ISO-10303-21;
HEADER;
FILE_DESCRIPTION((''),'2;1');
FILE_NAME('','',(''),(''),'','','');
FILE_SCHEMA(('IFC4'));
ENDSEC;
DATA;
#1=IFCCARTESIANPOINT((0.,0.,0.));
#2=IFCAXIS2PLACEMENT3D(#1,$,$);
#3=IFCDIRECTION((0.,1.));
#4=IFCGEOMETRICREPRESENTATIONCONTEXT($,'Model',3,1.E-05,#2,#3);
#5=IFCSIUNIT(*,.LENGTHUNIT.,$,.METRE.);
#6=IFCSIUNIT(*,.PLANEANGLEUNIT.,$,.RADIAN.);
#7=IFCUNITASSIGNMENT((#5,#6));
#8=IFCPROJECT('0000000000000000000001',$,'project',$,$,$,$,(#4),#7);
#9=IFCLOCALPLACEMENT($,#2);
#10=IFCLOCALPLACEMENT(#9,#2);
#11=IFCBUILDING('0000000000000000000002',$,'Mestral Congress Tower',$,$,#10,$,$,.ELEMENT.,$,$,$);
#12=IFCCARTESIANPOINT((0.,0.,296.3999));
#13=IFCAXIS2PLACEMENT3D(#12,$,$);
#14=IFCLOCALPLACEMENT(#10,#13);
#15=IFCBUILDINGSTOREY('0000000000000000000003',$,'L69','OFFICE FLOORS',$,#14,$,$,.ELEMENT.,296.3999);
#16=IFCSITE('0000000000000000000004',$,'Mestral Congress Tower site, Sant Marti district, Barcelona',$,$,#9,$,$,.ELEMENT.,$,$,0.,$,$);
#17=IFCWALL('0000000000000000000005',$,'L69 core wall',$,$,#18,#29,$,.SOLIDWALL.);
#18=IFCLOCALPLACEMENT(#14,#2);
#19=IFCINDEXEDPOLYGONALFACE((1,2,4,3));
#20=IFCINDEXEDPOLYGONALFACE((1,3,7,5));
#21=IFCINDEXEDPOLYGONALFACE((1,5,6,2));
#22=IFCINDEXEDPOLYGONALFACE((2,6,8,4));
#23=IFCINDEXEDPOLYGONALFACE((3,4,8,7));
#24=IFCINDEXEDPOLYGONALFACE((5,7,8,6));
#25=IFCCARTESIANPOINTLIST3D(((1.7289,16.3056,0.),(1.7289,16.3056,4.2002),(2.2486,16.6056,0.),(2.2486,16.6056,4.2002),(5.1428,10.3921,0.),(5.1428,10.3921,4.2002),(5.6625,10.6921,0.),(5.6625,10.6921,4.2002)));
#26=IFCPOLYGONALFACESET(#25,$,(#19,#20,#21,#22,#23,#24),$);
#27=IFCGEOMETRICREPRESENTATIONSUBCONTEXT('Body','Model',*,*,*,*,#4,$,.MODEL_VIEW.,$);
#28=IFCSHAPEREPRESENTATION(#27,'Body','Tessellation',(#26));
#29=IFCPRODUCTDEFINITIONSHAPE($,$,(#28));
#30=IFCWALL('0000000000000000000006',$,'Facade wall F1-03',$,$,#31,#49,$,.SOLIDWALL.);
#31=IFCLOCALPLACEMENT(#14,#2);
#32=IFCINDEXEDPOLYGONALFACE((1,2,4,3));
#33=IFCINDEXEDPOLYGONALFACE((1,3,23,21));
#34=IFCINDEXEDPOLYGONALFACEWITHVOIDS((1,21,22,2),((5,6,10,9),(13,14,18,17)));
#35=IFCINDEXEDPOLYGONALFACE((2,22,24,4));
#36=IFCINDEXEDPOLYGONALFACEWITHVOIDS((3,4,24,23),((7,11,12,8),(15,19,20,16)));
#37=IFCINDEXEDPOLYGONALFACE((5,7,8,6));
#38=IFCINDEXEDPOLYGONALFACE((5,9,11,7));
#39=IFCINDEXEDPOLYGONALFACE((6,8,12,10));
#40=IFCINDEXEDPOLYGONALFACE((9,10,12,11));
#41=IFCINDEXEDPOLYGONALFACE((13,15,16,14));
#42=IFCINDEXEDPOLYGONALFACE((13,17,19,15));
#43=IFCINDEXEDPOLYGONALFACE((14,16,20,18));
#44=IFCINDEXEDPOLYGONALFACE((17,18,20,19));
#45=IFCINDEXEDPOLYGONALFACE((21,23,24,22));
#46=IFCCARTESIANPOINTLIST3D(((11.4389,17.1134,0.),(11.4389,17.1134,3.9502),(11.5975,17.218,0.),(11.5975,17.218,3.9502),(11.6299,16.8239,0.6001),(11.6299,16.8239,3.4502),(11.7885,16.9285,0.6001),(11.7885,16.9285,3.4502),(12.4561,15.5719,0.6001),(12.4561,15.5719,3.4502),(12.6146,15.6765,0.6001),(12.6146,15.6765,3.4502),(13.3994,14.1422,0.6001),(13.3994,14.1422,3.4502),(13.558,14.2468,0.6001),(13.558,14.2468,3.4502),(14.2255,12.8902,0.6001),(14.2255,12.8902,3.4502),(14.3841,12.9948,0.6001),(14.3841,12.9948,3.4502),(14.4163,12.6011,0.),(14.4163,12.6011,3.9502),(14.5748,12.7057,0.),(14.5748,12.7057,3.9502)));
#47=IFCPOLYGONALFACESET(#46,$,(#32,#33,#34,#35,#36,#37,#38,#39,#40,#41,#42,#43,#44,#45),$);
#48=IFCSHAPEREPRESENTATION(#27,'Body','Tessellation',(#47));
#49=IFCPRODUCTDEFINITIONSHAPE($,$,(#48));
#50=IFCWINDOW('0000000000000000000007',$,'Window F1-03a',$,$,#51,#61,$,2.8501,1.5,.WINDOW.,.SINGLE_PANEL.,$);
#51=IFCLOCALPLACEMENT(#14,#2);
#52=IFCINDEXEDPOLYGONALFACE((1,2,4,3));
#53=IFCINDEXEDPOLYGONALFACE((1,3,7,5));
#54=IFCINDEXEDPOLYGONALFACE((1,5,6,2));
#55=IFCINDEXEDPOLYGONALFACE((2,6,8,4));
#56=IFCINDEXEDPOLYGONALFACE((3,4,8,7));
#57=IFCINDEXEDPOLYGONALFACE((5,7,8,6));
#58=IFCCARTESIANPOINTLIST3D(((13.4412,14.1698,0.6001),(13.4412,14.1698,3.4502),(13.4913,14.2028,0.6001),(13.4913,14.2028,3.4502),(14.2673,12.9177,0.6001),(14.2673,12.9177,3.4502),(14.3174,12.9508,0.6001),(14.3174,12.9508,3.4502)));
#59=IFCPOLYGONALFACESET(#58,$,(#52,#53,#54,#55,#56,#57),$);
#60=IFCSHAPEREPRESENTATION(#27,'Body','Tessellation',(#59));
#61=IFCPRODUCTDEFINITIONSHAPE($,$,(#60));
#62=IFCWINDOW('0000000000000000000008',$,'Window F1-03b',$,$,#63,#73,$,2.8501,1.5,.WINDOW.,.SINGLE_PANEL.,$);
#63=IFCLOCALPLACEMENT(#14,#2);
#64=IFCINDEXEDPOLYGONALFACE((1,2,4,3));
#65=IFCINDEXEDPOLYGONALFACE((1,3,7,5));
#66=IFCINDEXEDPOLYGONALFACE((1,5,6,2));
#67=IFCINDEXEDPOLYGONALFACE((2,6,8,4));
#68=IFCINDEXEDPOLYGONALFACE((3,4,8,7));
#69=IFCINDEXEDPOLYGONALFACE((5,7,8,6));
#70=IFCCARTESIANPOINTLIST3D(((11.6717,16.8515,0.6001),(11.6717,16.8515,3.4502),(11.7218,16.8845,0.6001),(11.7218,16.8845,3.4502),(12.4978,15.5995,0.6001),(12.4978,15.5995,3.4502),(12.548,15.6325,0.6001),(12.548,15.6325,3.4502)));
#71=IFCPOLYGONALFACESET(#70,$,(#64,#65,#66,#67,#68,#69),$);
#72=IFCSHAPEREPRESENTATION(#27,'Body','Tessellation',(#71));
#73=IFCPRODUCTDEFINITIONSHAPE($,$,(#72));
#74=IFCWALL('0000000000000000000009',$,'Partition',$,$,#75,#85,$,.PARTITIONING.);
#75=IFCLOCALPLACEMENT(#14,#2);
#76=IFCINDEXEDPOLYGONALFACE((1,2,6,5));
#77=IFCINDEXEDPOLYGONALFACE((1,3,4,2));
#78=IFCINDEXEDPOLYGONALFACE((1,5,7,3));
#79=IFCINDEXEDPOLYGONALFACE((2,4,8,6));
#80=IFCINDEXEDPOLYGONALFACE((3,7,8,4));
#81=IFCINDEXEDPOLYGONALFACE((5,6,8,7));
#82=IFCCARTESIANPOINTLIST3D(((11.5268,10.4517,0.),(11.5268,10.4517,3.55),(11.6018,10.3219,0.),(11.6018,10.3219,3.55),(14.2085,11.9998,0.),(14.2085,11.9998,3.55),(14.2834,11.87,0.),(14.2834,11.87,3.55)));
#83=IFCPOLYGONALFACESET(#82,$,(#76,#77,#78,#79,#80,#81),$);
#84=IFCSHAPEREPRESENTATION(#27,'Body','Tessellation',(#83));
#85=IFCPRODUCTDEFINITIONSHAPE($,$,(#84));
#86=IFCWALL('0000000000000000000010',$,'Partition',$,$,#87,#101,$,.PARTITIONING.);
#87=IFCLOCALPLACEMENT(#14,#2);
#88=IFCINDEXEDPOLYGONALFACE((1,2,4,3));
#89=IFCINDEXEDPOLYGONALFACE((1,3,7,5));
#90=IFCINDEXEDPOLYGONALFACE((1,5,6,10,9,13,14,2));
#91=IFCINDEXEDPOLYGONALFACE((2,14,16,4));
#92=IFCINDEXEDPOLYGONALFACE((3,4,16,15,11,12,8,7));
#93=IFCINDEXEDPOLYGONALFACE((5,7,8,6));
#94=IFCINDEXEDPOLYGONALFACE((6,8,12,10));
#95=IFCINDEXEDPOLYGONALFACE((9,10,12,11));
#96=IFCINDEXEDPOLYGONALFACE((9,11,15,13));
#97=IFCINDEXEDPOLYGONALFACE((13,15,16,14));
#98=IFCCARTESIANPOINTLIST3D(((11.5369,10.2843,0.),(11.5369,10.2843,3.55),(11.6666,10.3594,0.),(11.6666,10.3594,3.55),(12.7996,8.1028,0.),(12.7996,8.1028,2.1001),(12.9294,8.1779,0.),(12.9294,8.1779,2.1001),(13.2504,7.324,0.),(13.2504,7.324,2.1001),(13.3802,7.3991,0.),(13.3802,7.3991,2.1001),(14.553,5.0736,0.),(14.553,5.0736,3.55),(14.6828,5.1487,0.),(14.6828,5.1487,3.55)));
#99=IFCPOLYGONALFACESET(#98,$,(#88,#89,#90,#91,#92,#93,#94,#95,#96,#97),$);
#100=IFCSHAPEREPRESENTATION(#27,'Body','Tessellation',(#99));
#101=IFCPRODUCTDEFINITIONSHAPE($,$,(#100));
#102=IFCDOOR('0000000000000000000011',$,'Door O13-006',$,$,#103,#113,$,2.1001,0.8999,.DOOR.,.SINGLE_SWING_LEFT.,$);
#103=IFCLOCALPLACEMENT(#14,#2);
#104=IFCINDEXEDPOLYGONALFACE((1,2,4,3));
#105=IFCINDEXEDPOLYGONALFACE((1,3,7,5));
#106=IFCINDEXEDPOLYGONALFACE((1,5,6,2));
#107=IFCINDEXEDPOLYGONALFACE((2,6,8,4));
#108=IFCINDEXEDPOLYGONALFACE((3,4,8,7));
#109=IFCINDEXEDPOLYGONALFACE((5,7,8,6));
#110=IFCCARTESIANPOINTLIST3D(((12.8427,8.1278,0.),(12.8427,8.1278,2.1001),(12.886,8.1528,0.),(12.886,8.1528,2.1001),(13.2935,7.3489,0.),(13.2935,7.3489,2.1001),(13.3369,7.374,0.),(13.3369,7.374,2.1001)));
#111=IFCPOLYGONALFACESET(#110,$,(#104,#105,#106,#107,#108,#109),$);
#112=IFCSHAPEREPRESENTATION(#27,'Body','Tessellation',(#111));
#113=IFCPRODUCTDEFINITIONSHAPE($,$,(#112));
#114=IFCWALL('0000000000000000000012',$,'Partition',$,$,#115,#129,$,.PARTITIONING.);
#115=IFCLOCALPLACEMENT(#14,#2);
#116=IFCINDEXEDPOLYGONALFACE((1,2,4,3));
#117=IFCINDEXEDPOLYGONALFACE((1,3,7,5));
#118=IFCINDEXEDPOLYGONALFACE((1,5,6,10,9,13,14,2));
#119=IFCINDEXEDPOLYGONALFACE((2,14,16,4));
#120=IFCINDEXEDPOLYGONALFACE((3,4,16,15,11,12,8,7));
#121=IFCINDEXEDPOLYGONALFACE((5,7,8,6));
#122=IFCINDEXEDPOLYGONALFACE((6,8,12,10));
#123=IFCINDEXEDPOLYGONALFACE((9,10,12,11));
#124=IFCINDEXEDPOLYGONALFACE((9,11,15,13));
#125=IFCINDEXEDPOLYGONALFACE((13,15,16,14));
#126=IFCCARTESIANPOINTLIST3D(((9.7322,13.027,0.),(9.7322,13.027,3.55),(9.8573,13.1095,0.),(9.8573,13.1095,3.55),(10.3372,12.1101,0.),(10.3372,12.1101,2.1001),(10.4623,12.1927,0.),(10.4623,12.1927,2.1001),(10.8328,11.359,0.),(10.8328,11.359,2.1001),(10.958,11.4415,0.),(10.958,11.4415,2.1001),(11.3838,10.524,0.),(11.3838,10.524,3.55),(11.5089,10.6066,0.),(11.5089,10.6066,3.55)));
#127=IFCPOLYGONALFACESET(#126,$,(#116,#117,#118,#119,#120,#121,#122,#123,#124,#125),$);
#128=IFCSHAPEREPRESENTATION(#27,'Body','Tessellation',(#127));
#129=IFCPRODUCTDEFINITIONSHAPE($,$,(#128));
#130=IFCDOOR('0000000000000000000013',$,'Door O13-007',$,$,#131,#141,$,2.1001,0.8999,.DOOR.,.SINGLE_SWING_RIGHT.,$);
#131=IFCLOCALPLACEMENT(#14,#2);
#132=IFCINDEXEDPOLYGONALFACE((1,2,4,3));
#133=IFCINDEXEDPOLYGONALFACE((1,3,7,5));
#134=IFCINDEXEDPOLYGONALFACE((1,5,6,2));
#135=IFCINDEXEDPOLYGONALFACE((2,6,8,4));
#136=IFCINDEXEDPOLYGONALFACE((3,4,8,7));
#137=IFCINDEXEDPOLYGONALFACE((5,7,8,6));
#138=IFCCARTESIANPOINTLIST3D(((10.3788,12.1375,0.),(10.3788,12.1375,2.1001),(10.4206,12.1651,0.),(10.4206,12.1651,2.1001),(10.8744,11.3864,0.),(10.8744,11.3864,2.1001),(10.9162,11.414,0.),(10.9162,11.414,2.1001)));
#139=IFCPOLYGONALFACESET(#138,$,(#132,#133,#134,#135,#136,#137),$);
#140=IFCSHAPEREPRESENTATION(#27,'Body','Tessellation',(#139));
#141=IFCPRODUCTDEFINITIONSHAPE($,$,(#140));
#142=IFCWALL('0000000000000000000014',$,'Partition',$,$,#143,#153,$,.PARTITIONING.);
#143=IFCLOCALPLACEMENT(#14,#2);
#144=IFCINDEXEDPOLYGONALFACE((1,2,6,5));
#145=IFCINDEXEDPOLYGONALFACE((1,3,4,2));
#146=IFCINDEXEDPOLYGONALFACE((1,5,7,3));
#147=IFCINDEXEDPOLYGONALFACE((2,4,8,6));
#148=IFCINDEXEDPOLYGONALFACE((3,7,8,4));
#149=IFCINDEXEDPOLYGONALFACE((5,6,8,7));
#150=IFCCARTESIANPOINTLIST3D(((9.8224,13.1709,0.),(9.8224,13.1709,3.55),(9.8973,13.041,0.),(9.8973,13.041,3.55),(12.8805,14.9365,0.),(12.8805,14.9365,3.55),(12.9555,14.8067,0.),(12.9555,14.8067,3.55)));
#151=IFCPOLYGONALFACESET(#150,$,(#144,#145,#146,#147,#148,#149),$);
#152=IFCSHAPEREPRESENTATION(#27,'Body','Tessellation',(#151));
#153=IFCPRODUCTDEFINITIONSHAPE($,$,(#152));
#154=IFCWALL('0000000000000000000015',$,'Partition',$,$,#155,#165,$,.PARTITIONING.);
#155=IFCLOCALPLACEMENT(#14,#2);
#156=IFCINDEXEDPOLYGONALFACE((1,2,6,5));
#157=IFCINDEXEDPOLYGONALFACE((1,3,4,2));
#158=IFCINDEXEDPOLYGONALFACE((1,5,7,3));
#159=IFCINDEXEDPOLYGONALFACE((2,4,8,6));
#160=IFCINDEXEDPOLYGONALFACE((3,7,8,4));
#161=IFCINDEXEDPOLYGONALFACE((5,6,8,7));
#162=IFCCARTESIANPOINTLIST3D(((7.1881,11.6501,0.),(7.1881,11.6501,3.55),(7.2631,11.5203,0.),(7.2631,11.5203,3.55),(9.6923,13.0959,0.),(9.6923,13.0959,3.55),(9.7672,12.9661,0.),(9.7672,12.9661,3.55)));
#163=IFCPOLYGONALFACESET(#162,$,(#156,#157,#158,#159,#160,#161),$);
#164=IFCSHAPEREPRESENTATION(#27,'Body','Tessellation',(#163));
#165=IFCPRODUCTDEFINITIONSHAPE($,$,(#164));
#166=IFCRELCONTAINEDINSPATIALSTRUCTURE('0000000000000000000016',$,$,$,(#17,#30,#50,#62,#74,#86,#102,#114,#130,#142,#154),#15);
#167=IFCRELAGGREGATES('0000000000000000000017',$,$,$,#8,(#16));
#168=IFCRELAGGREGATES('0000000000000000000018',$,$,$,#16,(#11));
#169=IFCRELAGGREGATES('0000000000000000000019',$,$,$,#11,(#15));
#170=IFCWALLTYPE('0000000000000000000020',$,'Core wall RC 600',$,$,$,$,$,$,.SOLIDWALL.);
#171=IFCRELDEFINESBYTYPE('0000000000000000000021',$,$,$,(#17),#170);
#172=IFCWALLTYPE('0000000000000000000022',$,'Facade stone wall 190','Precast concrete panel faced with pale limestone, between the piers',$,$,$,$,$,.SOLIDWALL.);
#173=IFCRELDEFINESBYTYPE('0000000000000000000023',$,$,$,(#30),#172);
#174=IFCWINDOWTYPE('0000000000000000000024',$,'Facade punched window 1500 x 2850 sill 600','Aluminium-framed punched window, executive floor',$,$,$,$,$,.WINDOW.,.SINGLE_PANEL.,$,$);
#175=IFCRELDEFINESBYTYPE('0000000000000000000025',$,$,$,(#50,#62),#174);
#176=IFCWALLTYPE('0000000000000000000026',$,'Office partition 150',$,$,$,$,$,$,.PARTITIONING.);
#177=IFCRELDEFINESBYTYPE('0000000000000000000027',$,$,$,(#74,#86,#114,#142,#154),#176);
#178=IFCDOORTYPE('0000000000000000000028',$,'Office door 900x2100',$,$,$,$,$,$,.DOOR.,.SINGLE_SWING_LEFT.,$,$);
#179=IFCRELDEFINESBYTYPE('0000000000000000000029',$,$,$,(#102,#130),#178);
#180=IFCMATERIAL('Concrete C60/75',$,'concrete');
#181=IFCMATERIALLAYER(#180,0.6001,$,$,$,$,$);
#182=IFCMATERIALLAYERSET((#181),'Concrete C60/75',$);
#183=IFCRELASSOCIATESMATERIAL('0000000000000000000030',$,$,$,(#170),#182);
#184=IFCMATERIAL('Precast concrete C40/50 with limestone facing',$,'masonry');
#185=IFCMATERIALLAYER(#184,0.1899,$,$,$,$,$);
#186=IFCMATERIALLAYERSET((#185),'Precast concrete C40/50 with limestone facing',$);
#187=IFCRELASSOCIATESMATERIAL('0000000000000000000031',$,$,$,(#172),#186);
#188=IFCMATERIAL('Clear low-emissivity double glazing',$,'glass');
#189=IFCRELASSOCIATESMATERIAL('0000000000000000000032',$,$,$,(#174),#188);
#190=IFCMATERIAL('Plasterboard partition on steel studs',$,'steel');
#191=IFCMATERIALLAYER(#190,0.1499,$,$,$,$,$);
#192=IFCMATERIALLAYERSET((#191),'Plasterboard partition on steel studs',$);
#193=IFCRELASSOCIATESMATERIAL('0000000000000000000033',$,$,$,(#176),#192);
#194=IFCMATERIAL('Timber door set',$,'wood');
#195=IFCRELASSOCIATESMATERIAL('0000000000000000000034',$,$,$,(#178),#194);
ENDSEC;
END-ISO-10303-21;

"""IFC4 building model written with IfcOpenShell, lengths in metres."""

from ifc_helpers import new_model, si_unit, direction, frame, frame_2d, origin, place, context, subcontext, project, spatial, rectangle, extrude, material, layer, layer_set, type_object, element, fill, save


model = new_model("IFC4")

# Units and contexts
model_context = context("Model", 3, precision=1e-05, world=origin(), true_north=direction((0.0, 1.0)))
body_context = subcontext(model_context, "Body", "Model", "MODEL_VIEW")
ifc_project = project(units=[si_unit("LENGTHUNIT", "METRE"), si_unit("PLANEANGLEUNIT", "RADIAN")], contexts=[model_context])

# Site, building, storey
site_placement = place(None, origin())
site = spatial("IfcSite", under=ifc_project, at=site_placement, Name="Mestral Congress Tower site, Sant Marti district, Barcelona", CompositionType="ELEMENT", RefElevation=0.0)
building_placement = place(site_placement, origin())
building = spatial("IfcBuilding", under=site, at=building_placement, Name="Mestral Congress Tower", CompositionType="ELEMENT")
storey_placement = place(building_placement, frame((0.0, 0.0, 296.3999)))
storey = spatial("IfcBuildingStorey", under=building, at=storey_placement, Name="L69", Description="OFFICE FLOORS", CompositionType="ELEMENT", Elevation=296.3999)

# Shared definitions
ifc_material_1 = material(Name="Concrete C60/75", Category="concrete")

# Wall
ifc_layer_1 = layer(ifc_material_1, 0.6001)
ifc_layer_set_1 = layer_set([ifc_layer_1], Name="Concrete C60/75")
wall_type_1 = type_object("IfcWallType", Name="Core wall RC 600", PredefinedType="SOLIDWALL", material=ifc_layer_set_1)
wall_1_placement = place(storey_placement, frame((1.9888, 16.4556, 0.0), z_axis=(0.0, 0.0, 1.0), x_axis=(0.499973, -0.866041, 0.0)))
element("IfcWall", 1, at=wall_1_placement, inside=storey, type_object=wall_type_1, Name="L69 core wall", PredefinedType="SOLIDWALL", context=body_context, shape_type="SweptSolid", body=[
    extrude(rectangle(XDim=6.8281, YDim=0.6001, at=frame_2d((3.4141, 0.0))), origin(), (0.0, 0.0, 1.0), 4.2002),
])

# Wall, openings, windows
ifc_material_2 = material(Name="Precast concrete C40/50 with limestone facing", Category="masonry")
ifc_layer_2 = layer(ifc_material_2, 0.1899)
ifc_layer_set_2 = layer_set([ifc_layer_2], Name="Precast concrete C40/50 with limestone facing")
wall_type_2 = type_object("IfcWallType", Name="Facade stone wall 190", Description="Precast concrete panel faced with pale limestone, between the piers", PredefinedType="SOLIDWALL", material=ifc_layer_set_2)
wall_2_placement = place(storey_placement, frame((14.4956, 12.6533, 0.0), z_axis=(0.0, 0.0, 1.0), x_axis=(-0.550744, 0.834674, 0.0)))
wall_2 = element("IfcWall", 2, at=wall_2_placement, inside=storey, type_object=wall_type_2, Name="Facade wall F1-03", PredefinedType="SOLIDWALL", context=body_context, shape_type="SweptSolid", body=[
    extrude(rectangle(XDim=5.406, YDim=0.1899, at=frame_2d((2.7031, 0.0))), origin(), (0.0, 0.0, 1.0), 3.9502),
])
opening_1_placement = place(wall_2_placement, frame((0.3464, 0.0, 0.6001)))
opening_1 = element("IfcOpeningElement", 3, at=opening_1_placement, cuts=wall_2, PredefinedType="OPENING", context=body_context, shape_type="SweptSolid", body=[
    extrude(rectangle(XDim=1.5, YDim=2.8501, at=frame_2d((0.75, 1.425))), frame((0.0, 0.105, 0.0), z_axis=(0.0, -1.0, 0.0), x_axis=(1.0, 0.0, 0.0)), (0.0, 0.0, 1.0), 0.21),
])
opening_2_placement = place(wall_2_placement, frame((3.5593, 0.0, 0.6001)))
opening_2 = element("IfcOpeningElement", 4, at=opening_2_placement, cuts=wall_2, PredefinedType="OPENING", context=body_context, shape_type="SweptSolid", body=[
    extrude(rectangle(XDim=1.5, YDim=2.8501, at=frame_2d((0.75, 1.425))), frame((0.0, 0.105, 0.0), z_axis=(0.0, -1.0, 0.0), x_axis=(1.0, 0.0, 0.0)), (0.0, 0.0, 1.0), 0.21),
])
ifc_material_3 = material(Name="Clear low-emissivity double glazing", Category="glass")
window_type = type_object("IfcWindowType", Name="Facade punched window 1500 x 2850 sill 600", Description="Aluminium-framed punched window, executive floor", PartitioningType="SINGLE_PANEL", PredefinedType="WINDOW", material=ifc_material_3)
window_1_placement = place(opening_1_placement, origin())
window_1 = element("IfcWindow", 5, at=window_1_placement, inside=storey, type_object=window_type, Name="Window F1-03a", OverallHeight=2.8501, OverallWidth=1.5, PartitioningType="SINGLE_PANEL", PredefinedType="WINDOW", context=body_context, shape_type="SweptSolid", body=[
    extrude(rectangle(XDim=1.5, YDim=2.8501, at=frame_2d((0.75, 1.425))), frame((0.0, 0.0449, 0.0), z_axis=(0.0, -1.0, 0.0), x_axis=(1.0, 0.0, 0.0)), (0.0, 0.0, 1.0), 0.0601),
])
fill(opening_1, window_1)
window_2_placement = place(opening_2_placement, origin())
window_2 = element("IfcWindow", 6, at=window_2_placement, inside=storey, type_object=window_type, Name="Window F1-03b", OverallHeight=2.8501, OverallWidth=1.5, PartitioningType="SINGLE_PANEL", PredefinedType="WINDOW", context=body_context, shape_type="SweptSolid", body=[
    extrude(rectangle(XDim=1.5, YDim=2.8501, at=frame_2d((0.75, 1.425))), frame((0.0, 0.0449, 0.0), z_axis=(0.0, -1.0, 0.0), x_axis=(1.0, 0.0, 0.0)), (0.0, 0.0, 1.0), 0.0601),
])
fill(opening_2, window_2)

# Wall
ifc_material_4 = material(Name="Plasterboard partition on steel studs", Category="steel")
ifc_layer_3 = layer(ifc_material_4, 0.1499)
ifc_layer_set_3 = layer_set([ifc_layer_3], Name="Plasterboard partition on steel studs")
wall_type_3 = type_object("IfcWallType", Name="Office partition 150", PredefinedType="PARTITIONING", material=ifc_layer_set_3)
wall_3_placement = place(storey_placement, frame((11.5642, 10.3867, 0.0), z_axis=(0.0, 0.0, 1.0), x_axis=(0.866046, 0.499964, 0.0)))
element("IfcWall", 7, at=wall_3_placement, inside=storey, type_object=wall_type_3, Name="Partition", PredefinedType="PARTITIONING", context=body_context, shape_type="SweptSolid", body=[
    extrude(rectangle(XDim=3.0964, YDim=0.1499, at=frame_2d((1.5483, 0.0))), origin(), (0.0, 0.0, 1.0), 3.55),
])

# Walls, openings, doors
wall_4_placement = place(storey_placement, frame((11.6018, 10.3218, 0.0), z_axis=(0.0, 0.0, 1.0), x_axis=(0.500961, -0.86547, 0.0)))
wall_4 = element("IfcWall", 8, at=wall_4_placement, inside=storey, type_object=wall_type_3, Name="Partition", PredefinedType="PARTITIONING", context=body_context, shape_type="SweptSolid", body=[
    extrude(rectangle(XDim=6.0208, YDim=0.1499, at=frame_2d((3.0103, 0.0))), origin(), (0.0, 0.0, 1.0), 3.55),
])
opening_3_placement = place(wall_4_placement, frame((2.5205, 0.0, 0.0)))
opening_3 = element("IfcOpeningElement", 9, at=opening_3_placement, cuts=wall_4, PredefinedType="OPENING", context=body_context, shape_type="SweptSolid", body=[
    extrude(rectangle(XDim=0.8999, YDim=2.1001, at=frame_2d((0.45, 1.05))), frame((0.0, 0.085, 0.0), z_axis=(0.0, -1.0, 0.0), x_axis=(1.0, 0.0, 0.0)), (0.0, 0.0, 1.0), 0.1699),
])
ifc_material_5 = material(Name="Timber door set", Category="wood")
door_type_1 = type_object("IfcDoorType", Name="Office door 900x2100", OperationType="SINGLE_SWING_LEFT", PredefinedType="DOOR", material=ifc_material_5)
door_1_placement = place(opening_3_placement, origin())
door_1 = element("IfcDoor", 10, at=door_1_placement, inside=storey, type_object=door_type_1, Name="Door O13-006", OperationType="SINGLE_SWING_LEFT", OverallHeight=2.1001, OverallWidth=0.8999, PredefinedType="DOOR", context=body_context, shape_type="SweptSolid", body=[
    extrude(rectangle(XDim=0.8999, YDim=2.1001, at=frame_2d((0.45, 1.05))), frame((0.0, 0.0249, 0.0), z_axis=(0.0, -1.0, 0.0), x_axis=(1.0, 0.0, 0.0)), (0.0, 0.0, 1.0), 0.05),
])
fill(opening_3, door_1)
wall_5_placement = place(storey_placement, frame((9.7947, 13.0684, 0.0), z_axis=(0.0, 0.0, 1.0), x_axis=(0.550767, -0.834659, 0.0)))
wall_5 = element("IfcWall", 11, at=wall_5_placement, inside=storey, type_object=wall_type_3, Name="Partition", PredefinedType="PARTITIONING", context=body_context, shape_type="SweptSolid", body=[
    extrude(rectangle(XDim=2.9988, YDim=0.1499, at=frame_2d((1.4995, 0.0))), origin(), (0.0, 0.0, 1.0), 3.55),
])
opening_4_placement = place(wall_5_placement, frame((1.0986, 0.0, 0.0)))
opening_4 = element("IfcOpeningElement", 12, at=opening_4_placement, cuts=wall_5, PredefinedType="OPENING", context=body_context, shape_type="SweptSolid", body=[
    extrude(rectangle(XDim=0.8999, YDim=2.1001, at=frame_2d((0.45, 1.05))), frame((0.0, 0.085, 0.0), z_axis=(0.0, -1.0, 0.0), x_axis=(1.0, 0.0, 0.0)), (0.0, 0.0, 1.0), 0.1699),
])
door_2_placement = place(opening_4_placement, origin())
door_2 = element("IfcDoor", 13, at=door_2_placement, inside=storey, type_object=door_type_1, Name="Door O13-007", OperationType="SINGLE_SWING_RIGHT", OverallHeight=2.1001, OverallWidth=0.8999, PredefinedType="DOOR", context=body_context, shape_type="SweptSolid", body=[
    extrude(rectangle(XDim=0.8999, YDim=2.1001, at=frame_2d((0.45, 1.05))), frame((0.0, 0.0249, 0.0), z_axis=(0.0, -1.0, 0.0), x_axis=(1.0, 0.0, 0.0)), (0.0, 0.0, 1.0), 0.05),
])
fill(opening_4, door_2)

# Walls
wall_6_placement = place(storey_placement, frame((9.8599, 13.106, 0.0), z_axis=(0.0, 0.0, 1.0), x_axis=(0.866022, 0.500006, 0.0)))
element("IfcWall", 14, at=wall_6_placement, inside=storey, type_object=wall_type_3, Name="Partition", PredefinedType="PARTITIONING", context=body_context, shape_type="SweptSolid", body=[
    extrude(rectangle(XDim=3.5312, YDim=0.1499, at=frame_2d((1.7656, 0.0))), origin(), (0.0, 0.0, 1.0), 3.55),
])
wall_7_placement = place(storey_placement, frame((7.2256, 11.5852, 0.0), z_axis=(0.0, 0.0, 1.0), x_axis=(0.866021, 0.500007, 0.0)))
element("IfcWall", 15, at=wall_7_placement, inside=storey, type_object=wall_type_3, Name="Partition", PredefinedType="PARTITIONING", context=body_context, shape_type="SweptSolid", body=[
    extrude(rectangle(XDim=2.8916, YDim=0.1499, at=frame_2d((1.4458, 0.0))), origin(), (0.0, 0.0, 1.0), 3.55),
])

save(model, "model.ifc")
